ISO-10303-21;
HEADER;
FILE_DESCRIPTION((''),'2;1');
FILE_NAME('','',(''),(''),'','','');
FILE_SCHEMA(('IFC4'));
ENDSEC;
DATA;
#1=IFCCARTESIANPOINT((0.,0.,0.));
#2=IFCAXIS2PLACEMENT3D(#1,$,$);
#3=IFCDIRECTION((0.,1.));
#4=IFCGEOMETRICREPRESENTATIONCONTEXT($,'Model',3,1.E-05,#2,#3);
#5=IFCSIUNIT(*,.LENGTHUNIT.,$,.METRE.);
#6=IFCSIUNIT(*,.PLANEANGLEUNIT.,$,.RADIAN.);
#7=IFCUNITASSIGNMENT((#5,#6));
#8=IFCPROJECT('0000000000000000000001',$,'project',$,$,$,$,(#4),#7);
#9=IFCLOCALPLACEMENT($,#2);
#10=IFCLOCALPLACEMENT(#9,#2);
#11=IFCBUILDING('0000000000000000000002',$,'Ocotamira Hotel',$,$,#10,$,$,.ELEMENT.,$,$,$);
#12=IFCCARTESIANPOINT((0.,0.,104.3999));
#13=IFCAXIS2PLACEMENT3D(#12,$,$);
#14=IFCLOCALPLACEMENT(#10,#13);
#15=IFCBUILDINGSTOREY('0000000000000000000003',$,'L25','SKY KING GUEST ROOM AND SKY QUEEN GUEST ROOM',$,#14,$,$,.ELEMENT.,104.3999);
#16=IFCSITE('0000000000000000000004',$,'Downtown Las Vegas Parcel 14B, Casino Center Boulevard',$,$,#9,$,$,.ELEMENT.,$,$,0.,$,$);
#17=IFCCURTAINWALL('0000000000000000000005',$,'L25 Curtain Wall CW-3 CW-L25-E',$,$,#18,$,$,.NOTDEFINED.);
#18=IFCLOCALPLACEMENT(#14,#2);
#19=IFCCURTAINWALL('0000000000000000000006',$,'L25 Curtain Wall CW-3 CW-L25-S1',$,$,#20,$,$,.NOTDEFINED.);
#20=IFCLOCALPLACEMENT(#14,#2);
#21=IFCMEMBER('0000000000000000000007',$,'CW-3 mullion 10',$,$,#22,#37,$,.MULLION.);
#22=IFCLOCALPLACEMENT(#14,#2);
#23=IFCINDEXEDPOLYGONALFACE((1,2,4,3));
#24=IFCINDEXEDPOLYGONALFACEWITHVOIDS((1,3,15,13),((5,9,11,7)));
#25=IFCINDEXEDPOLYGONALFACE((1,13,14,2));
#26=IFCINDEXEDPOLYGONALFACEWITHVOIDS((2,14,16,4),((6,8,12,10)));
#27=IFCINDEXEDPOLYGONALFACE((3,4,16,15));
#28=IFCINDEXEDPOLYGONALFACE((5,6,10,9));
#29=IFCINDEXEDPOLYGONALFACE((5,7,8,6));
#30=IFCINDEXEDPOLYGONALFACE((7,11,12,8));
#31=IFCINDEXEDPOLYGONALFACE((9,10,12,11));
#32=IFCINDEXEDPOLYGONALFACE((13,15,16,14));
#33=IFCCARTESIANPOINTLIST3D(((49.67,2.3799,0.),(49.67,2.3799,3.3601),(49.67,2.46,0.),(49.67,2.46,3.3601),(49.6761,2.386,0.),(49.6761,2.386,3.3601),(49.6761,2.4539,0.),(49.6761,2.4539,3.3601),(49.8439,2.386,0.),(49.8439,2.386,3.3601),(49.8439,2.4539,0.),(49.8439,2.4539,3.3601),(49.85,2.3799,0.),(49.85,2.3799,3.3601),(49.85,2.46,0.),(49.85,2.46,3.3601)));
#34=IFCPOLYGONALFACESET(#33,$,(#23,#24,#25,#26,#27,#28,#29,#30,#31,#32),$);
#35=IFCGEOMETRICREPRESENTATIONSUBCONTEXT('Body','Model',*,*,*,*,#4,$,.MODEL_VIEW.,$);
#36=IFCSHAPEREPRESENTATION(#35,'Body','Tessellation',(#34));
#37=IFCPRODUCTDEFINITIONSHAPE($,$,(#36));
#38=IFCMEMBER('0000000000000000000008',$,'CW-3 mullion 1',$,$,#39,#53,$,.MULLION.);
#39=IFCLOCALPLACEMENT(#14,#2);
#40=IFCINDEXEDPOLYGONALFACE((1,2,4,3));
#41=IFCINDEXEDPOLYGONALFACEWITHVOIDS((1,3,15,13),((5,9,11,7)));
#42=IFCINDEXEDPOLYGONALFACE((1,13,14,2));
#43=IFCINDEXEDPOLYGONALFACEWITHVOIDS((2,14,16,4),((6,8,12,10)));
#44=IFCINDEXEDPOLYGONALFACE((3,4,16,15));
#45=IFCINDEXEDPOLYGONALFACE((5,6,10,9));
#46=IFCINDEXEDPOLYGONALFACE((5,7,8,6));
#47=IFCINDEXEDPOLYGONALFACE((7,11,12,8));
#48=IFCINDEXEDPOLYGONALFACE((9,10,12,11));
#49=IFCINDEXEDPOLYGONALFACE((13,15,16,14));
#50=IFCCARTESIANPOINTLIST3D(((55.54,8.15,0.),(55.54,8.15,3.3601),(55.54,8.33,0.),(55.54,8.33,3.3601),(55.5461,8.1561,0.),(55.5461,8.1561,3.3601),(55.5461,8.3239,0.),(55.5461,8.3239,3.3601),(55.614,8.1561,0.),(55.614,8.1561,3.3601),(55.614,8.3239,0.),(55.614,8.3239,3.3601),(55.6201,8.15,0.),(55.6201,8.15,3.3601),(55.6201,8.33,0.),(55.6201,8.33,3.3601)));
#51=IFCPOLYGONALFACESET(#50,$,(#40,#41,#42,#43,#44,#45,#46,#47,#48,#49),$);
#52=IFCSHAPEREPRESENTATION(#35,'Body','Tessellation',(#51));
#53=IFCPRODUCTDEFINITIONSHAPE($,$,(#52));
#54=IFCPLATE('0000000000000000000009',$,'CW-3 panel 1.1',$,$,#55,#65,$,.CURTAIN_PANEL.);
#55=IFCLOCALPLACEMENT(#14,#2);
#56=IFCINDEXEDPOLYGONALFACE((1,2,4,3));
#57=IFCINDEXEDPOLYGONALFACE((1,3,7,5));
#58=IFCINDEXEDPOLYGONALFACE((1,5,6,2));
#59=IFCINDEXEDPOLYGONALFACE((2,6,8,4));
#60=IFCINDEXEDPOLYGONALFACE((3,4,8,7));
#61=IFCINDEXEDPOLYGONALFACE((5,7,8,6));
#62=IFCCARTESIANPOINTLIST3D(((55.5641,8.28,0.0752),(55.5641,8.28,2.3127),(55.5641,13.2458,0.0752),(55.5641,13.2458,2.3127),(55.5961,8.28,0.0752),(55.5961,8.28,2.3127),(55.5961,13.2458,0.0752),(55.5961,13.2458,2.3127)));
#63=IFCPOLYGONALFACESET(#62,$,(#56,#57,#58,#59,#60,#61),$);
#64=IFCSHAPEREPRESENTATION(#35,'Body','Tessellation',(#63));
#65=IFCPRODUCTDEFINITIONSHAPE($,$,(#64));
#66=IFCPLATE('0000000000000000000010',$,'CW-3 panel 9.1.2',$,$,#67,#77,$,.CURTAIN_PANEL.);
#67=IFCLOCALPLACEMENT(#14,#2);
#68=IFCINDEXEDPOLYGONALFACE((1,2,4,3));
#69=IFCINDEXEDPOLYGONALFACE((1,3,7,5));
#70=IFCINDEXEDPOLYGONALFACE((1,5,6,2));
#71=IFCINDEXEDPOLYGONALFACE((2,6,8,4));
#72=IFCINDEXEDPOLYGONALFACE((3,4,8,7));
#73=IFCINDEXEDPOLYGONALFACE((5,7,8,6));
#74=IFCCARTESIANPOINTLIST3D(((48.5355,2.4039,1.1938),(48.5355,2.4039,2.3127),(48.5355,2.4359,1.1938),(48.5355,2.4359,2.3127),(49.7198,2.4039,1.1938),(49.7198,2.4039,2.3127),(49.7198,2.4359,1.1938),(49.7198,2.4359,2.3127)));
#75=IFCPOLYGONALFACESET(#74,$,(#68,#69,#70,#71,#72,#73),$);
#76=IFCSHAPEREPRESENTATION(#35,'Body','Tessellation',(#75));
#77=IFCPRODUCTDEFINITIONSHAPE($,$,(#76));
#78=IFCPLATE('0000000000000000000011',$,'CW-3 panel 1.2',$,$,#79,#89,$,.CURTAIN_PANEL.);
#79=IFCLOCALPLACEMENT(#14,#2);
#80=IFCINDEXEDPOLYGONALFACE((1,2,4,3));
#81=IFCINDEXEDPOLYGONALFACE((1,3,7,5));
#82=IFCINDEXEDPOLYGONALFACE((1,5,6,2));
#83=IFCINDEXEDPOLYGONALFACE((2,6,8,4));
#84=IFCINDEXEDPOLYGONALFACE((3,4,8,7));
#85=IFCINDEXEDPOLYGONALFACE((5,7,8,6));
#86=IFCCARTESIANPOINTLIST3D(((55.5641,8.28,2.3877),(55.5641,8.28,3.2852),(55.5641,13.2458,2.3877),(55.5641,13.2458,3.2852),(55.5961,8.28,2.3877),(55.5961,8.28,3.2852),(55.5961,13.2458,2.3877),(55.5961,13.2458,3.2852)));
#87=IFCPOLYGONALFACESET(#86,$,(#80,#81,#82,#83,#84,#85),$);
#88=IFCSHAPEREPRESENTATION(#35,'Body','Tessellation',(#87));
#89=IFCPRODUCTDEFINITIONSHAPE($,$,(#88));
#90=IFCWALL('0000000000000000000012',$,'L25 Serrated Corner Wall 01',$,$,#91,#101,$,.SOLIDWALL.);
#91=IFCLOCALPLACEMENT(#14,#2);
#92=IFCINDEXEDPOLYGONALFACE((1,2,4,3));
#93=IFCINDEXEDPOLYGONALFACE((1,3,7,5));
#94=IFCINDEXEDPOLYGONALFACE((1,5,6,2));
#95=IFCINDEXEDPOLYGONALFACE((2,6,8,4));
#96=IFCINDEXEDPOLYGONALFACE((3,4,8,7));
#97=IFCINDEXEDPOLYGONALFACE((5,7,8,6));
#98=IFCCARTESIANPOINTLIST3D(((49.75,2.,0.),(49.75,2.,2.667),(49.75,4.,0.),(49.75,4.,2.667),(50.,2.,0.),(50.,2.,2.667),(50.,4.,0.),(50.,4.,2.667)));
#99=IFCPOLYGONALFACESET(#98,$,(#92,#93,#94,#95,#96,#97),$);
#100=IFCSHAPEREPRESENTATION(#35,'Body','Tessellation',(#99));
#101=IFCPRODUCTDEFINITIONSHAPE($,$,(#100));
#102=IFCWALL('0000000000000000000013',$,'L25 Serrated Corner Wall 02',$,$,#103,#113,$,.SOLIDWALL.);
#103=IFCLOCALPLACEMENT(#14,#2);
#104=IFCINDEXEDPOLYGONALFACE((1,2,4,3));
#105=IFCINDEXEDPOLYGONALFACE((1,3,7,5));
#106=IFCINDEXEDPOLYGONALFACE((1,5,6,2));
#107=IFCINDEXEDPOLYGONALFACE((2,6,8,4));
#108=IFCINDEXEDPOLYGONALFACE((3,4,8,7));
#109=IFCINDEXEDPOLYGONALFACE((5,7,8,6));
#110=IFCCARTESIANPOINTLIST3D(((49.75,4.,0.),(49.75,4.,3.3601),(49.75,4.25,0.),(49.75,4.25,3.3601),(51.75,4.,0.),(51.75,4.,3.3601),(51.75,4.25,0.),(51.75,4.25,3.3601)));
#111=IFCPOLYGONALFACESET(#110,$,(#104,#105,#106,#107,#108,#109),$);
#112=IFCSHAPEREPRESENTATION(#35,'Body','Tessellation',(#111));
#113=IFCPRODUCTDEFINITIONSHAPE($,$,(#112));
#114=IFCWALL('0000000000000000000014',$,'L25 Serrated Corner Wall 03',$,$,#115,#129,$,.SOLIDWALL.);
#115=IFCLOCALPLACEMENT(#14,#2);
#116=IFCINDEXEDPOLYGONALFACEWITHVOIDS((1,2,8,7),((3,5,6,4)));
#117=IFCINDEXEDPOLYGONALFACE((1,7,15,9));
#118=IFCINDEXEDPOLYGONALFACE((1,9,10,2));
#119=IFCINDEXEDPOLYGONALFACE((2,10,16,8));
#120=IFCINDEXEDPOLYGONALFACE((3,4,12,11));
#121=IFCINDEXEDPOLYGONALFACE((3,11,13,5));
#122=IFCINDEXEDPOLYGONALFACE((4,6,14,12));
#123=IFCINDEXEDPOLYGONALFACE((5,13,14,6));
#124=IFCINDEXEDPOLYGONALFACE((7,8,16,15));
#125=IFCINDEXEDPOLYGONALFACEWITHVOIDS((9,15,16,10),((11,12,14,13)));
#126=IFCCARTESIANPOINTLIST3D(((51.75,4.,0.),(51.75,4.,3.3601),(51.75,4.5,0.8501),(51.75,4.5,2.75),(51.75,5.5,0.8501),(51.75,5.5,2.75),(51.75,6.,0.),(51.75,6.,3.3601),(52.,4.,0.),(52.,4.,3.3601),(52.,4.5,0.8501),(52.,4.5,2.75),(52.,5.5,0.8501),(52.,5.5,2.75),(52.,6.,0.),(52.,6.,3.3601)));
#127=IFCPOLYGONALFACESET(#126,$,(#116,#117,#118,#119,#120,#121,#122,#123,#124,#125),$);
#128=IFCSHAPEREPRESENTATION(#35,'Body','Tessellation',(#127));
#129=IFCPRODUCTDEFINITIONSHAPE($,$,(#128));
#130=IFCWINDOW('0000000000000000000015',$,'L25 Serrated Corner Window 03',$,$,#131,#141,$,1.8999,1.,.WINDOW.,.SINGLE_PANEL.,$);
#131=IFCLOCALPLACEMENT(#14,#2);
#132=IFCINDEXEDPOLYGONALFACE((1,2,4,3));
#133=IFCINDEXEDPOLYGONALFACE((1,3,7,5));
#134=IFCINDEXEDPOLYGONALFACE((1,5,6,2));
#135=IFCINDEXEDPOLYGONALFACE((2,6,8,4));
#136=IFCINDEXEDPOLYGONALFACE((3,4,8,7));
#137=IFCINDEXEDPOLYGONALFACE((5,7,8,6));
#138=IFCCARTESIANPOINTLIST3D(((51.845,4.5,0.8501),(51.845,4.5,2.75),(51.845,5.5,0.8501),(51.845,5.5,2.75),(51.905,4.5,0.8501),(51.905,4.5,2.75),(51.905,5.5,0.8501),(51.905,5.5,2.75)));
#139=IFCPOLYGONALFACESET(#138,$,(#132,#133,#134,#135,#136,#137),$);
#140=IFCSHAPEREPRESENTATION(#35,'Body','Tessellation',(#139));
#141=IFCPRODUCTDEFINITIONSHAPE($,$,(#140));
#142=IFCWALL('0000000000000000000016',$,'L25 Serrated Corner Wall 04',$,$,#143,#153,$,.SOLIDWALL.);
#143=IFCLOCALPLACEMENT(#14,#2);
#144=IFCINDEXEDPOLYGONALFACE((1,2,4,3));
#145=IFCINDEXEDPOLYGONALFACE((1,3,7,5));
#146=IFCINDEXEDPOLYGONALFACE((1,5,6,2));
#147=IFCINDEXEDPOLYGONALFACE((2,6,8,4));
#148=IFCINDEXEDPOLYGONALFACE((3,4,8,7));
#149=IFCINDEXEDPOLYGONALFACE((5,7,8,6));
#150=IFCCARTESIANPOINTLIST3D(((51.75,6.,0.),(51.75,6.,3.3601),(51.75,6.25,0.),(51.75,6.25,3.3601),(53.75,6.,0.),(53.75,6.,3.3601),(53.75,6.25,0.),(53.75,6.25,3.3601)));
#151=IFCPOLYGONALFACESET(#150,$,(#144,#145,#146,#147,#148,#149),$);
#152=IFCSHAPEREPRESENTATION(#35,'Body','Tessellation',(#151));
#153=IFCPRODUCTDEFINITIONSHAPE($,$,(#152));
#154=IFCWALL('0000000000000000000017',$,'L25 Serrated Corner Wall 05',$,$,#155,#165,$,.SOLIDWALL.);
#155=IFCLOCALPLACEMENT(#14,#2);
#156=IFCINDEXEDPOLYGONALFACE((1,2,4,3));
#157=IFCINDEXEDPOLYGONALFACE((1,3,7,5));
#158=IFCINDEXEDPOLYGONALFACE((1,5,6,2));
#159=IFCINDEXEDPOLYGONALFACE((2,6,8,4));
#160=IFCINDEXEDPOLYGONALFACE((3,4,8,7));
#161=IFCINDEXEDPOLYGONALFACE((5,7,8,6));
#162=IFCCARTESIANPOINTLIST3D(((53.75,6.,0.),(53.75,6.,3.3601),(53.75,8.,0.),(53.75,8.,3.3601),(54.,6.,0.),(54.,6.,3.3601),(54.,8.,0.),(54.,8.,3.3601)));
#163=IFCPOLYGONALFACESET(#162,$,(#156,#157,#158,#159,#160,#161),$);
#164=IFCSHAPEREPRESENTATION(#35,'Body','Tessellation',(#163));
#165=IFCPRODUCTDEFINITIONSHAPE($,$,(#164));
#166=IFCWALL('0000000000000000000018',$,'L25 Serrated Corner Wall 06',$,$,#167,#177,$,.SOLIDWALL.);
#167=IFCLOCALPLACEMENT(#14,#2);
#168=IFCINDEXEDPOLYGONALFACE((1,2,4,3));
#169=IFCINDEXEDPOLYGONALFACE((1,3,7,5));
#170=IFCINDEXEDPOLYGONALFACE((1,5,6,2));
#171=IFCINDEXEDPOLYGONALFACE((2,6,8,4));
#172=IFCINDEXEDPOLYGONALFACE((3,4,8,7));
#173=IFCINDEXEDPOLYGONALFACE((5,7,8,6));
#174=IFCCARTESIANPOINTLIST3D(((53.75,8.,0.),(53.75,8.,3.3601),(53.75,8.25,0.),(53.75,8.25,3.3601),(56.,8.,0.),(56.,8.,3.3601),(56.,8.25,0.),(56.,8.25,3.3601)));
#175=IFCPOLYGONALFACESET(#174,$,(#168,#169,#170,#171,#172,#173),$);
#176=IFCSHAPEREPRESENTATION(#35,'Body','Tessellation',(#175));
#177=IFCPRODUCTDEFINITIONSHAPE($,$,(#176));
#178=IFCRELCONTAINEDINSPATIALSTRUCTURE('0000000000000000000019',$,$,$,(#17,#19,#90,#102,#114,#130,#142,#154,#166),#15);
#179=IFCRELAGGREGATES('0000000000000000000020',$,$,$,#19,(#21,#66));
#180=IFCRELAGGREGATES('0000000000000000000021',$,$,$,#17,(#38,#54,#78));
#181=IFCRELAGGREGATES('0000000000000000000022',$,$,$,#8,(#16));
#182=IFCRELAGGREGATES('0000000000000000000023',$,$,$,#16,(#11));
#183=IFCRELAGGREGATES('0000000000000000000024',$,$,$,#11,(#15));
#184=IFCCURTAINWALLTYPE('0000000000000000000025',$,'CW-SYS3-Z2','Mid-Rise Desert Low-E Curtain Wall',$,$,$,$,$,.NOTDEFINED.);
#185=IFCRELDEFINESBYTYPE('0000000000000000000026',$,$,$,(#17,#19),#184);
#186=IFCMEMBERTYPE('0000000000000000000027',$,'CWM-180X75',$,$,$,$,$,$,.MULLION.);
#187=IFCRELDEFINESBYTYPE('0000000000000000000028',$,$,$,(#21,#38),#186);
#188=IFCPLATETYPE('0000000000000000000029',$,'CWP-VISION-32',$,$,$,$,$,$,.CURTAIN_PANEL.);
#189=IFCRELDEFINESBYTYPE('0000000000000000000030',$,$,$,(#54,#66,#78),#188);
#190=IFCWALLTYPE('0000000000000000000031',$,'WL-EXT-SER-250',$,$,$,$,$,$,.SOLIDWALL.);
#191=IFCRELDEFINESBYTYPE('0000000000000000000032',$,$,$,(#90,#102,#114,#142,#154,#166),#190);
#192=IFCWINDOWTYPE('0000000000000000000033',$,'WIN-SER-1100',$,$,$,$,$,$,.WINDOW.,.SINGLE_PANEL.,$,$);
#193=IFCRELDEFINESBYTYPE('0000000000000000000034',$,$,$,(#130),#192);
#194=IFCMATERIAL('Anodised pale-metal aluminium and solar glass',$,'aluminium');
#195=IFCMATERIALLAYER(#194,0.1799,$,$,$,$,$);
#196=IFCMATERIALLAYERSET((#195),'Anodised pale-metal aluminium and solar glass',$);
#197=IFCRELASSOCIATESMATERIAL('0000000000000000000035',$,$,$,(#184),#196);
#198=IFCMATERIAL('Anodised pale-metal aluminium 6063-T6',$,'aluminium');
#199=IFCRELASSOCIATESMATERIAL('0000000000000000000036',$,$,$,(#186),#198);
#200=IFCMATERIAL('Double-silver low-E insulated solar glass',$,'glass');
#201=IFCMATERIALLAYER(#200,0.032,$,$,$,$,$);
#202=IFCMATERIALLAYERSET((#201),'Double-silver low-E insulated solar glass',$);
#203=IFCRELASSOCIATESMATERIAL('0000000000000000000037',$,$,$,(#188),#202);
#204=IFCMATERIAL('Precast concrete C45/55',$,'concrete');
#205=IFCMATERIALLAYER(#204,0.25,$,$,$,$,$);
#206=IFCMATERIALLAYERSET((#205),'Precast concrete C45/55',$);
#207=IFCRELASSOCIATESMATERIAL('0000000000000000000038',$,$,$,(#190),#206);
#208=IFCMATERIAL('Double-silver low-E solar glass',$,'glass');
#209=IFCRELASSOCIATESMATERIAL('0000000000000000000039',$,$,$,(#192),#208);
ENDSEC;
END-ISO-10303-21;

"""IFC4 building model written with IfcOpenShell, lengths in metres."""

from ifc_helpers import new_model, si_unit, direction, frame, frame_2d, origin, origin_2d, place, context, subcontext, project, spatial, rectangle, hollow_rectangle, extrude, source, transform, mapped, material, layer, layer_set, material_profile, profile_set, type_object, element, fill, aggregate, save


model = new_model("IFC4")

# Units and contexts
model_context = context("Model", 3, precision=1e-05, world=origin(), true_north=direction((0.0, 1.0)))
body_context = subcontext(model_context, "Body", "Model", "MODEL_VIEW")
ifc_project = project(units=[si_unit("LENGTHUNIT", "METRE"), si_unit("PLANEANGLEUNIT", "RADIAN")], contexts=[model_context])

# Site, building, storey
site_placement = place(None, origin())
site = spatial("IfcSite", under=ifc_project, at=site_placement, Name="Downtown Las Vegas Parcel 14B, Casino Center Boulevard", CompositionType="ELEMENT", RefElevation=0.0)
building_placement = place(site_placement, origin())
building = spatial("IfcBuilding", under=site, at=building_placement, Name="Ocotamira Hotel", CompositionType="ELEMENT")
storey_placement = place(building_placement, frame((0.0, 0.0, 104.3999)))
storey = spatial("IfcBuildingStorey", under=building, at=storey_placement, Name="L25", Description="SKY KING GUEST ROOM AND SKY QUEEN GUEST ROOM", CompositionType="ELEMENT", Elevation=104.3999)

# Curtain wall
ifc_material_1 = material(Name="Anodised pale-metal aluminium and solar glass", Category="aluminium")
ifc_layer_1 = layer(ifc_material_1, 0.1799)
ifc_layer_set_1 = layer_set([ifc_layer_1], Name="Anodised pale-metal aluminium and solar glass")
curtain_wall_type = type_object("IfcCurtainWallType", Name="CW-SYS3-Z2", Description="Mid-Rise Desert Low-E Curtain Wall", PredefinedType="NOTDEFINED", material=ifc_layer_set_1)
curtain_wall_1_placement = place(storey_placement, origin())
curtain_wall_1 = element("IfcCurtainWall", 1, at=curtain_wall_1_placement, inside=storey, type_object=curtain_wall_type, Name="L25 Curtain Wall CW-3 CW-L25-E", PredefinedType="NOTDEFINED")
ifc_material_2 = material(Name="Anodised pale-metal aluminium 6063-T6", Category="aluminium")

# Curtain wall, member
curtain_wall_2_placement = place(storey_placement, origin())
curtain_wall_2 = element("IfcCurtainWall", 2, at=curtain_wall_2_placement, inside=storey, type_object=curtain_wall_type, Name="L25 Curtain Wall CW-3 CW-L25-S1", PredefinedType="NOTDEFINED")
ifc_material_profile_1 = material_profile(ifc_material_2, hollow_rectangle(XDim=0.0801, YDim=0.1799, WallThickness=0.0061, at=origin_2d()), Name="HSS180X80X6")
ifc_profile_set_1 = profile_set([ifc_material_profile_1], Name="Anodised pale-metal aluminium 6063-T6")
member_type_1 = type_object("IfcMemberType", Name="CWM-180X75", PredefinedType="MULLION", material=ifc_profile_set_1)
shared_shape_1 = source(origin(), body_context, "Body", "SweptSolid", [
    extrude(hollow_rectangle(XDim=0.0801, YDim=0.1799, WallThickness=0.0061, at=origin_2d()), origin(), (0.0, 0.0, 1.0), 3.3601),
])
member_1_placement = place(storey_placement, frame((49.76, 2.4199, 0.0), z_axis=(0.0, 0.0, 1.0), x_axis=(0.0, 1.0, 0.0)))
member_1 = element("IfcMember", 3, at=member_1_placement, type_object=member_type_1, Name="CW-3 mullion 10", PredefinedType="MULLION", context=body_context, shape_type="MappedRepresentation", body=[
    mapped(shared_shape_1, transform((0.0, 0.0, 0.0), scale=1.0)),
])

# Member
member_2_placement = place(storey_placement, frame((55.5801, 8.24, 0.0), z_axis=(0.0, 0.0, 1.0), x_axis=(-1.0, 0.0, 0.0)))
member_2 = element("IfcMember", 4, at=member_2_placement, type_object=member_type_1, Name="CW-3 mullion 1", PredefinedType="MULLION", context=body_context, shape_type="MappedRepresentation", body=[
    mapped(shared_shape_1, transform((0.0, 0.0, 0.0), scale=1.0)),
])

# Plates
ifc_material_3 = material(Name="Double-silver low-E insulated solar glass", Category="glass")
ifc_layer_2 = layer(ifc_material_3, 0.032)
ifc_layer_set_2 = layer_set([ifc_layer_2], Name="Double-silver low-E insulated solar glass")
plate_type = type_object("IfcPlateType", Name="CWP-VISION-32", PredefinedType="CURTAIN_PANEL", material=ifc_layer_set_2)
shared_shape_2 = source(origin(), body_context, "Body", "SweptSolid", [
    extrude(rectangle(XDim=4.9658, YDim=0.032, at=origin_2d()), origin(), (0.0, 0.0, 1.0), 2.2375),
])
plate_1_placement = place(storey_placement, frame((55.5801, 10.7629, 0.0752), z_axis=(0.0, 0.0, 1.0), x_axis=(0.0, 1.0, 0.0)))
plate_1 = element("IfcPlate", 5, at=plate_1_placement, type_object=plate_type, Name="CW-3 panel 1.1", PredefinedType="CURTAIN_PANEL", context=body_context, shape_type="MappedRepresentation", body=[
    mapped(shared_shape_2, transform((0.0, 0.0, 0.0), scale=1.0)),
])
shared_shape_3 = source(origin(), body_context, "Body", "SweptSolid", [
    extrude(rectangle(XDim=1.1843, YDim=0.032, at=origin_2d()), origin(), (0.0, 0.0, 1.0), 1.1189),
])
plate_2_placement = place(storey_placement, frame((49.1277, 2.4199, 1.1938), z_axis=(0.0, 0.0, 1.0), x_axis=(1.0, 0.0, 0.0)))
plate_2 = element("IfcPlate", 6, at=plate_2_placement, type_object=plate_type, Name="CW-3 panel 9.1.2", PredefinedType="CURTAIN_PANEL", context=body_context, shape_type="MappedRepresentation", body=[
    mapped(shared_shape_3, transform((0.0, 0.0, 0.0), scale=1.0)),
])
aggregate(curtain_wall_2, [member_1, plate_2])
shared_shape_4 = source(origin(), body_context, "Body", "SweptSolid", [
    extrude(rectangle(XDim=4.9658, YDim=0.032, at=origin_2d()), origin(), (0.0, 0.0, 1.0), 0.8975),
])
plate_3_placement = place(storey_placement, frame((55.5801, 10.7629, 2.3877), z_axis=(0.0, 0.0, 1.0), x_axis=(0.0, 1.0, 0.0)))
plate_3 = element("IfcPlate", 7, at=plate_3_placement, type_object=plate_type, Name="CW-3 panel 1.2", PredefinedType="CURTAIN_PANEL", context=body_context, shape_type="MappedRepresentation", body=[
    mapped(shared_shape_4, transform((0.0, 0.0, 0.0), scale=1.0)),
])
aggregate(curtain_wall_1, [member_2, plate_1, plate_3])

# Walls
ifc_material_4 = material(Name="Precast concrete C45/55", Category="concrete")
ifc_layer_3 = layer(ifc_material_4, 0.25)
ifc_layer_set_3 = layer_set([ifc_layer_3], Name="Precast concrete C45/55")
wall_type_1 = type_object("IfcWallType", Name="WL-EXT-SER-250", PredefinedType="SOLIDWALL", material=ifc_layer_set_3)
wall_1_placement = place(storey_placement, frame((49.875, 2.0, 0.0), z_axis=(0.0, 0.0, 1.0), x_axis=(0.0, 1.0, 0.0)))
element("IfcWall", 8, at=wall_1_placement, inside=storey, type_object=wall_type_1, Name="L25 Serrated Corner Wall 01", PredefinedType="SOLIDWALL", context=body_context, shape_type="SweptSolid", body=[
    extrude(rectangle(XDim=2.0, YDim=0.25, at=frame_2d((1.0, 0.0))), origin(), (0.0, 0.0, 1.0), 2.667),
])
wall_2_placement = place(storey_placement, frame((49.75, 4.125, 0.0), z_axis=(0.0, 0.0, 1.0), x_axis=(1.0, 0.0, 0.0)))
element("IfcWall", 9, at=wall_2_placement, inside=storey, type_object=wall_type_1, Name="L25 Serrated Corner Wall 02", PredefinedType="SOLIDWALL", context=body_context, shape_type="SweptSolid", body=[
    extrude(rectangle(XDim=2.0, YDim=0.25, at=frame_2d((1.0, 0.0))), origin(), (0.0, 0.0, 1.0), 3.3601),
])

# Wall, opening, window
wall_3_placement = place(storey_placement, frame((51.875, 4.0, 0.0), z_axis=(0.0, 0.0, 1.0), x_axis=(0.0, 1.0, 0.0)))
wall_3 = element("IfcWall", 10, at=wall_3_placement, inside=storey, type_object=wall_type_1, Name="L25 Serrated Corner Wall 03", PredefinedType="SOLIDWALL", context=body_context, shape_type="SweptSolid", body=[
    extrude(rectangle(XDim=2.0, YDim=0.25, at=frame_2d((1.0, 0.0))), origin(), (0.0, 0.0, 1.0), 3.3601),
])
opening_1_placement = place(wall_3_placement, frame((0.5, 0.0, 0.8501)))
opening_1 = element("IfcOpeningElement", 11, at=opening_1_placement, cuts=wall_3, PredefinedType="OPENING", context=body_context, shape_type="SweptSolid", body=[
    extrude(rectangle(XDim=1.0, YDim=1.8999, at=frame_2d((0.5, 0.95))), frame((0.0, 0.135, 0.0), z_axis=(0.0, -1.0, 0.0), x_axis=(1.0, 0.0, 0.0)), (0.0, 0.0, 1.0), 0.27),
])
ifc_material_5 = material(Name="Double-silver low-E solar glass", Category="glass")
window_type = type_object("IfcWindowType", Name="WIN-SER-1100", PartitioningType="SINGLE_PANEL", PredefinedType="WINDOW", material=ifc_material_5)
shared_shape_5 = source(origin(), body_context, "Body", "SweptSolid", [
    extrude(rectangle(XDim=1.0, YDim=1.8999, at=frame_2d((0.5, 0.95))), frame((0.0, 0.03, 0.0), z_axis=(0.0, -1.0, 0.0), x_axis=(1.0, 0.0, 0.0)), (0.0, 0.0, 1.0), 0.0601),
])
window_placement = place(opening_1_placement, origin())
window = element("IfcWindow", 12, at=window_placement, inside=storey, type_object=window_type, Name="L25 Serrated Corner Window 03", OverallHeight=1.8999, OverallWidth=1.0, PartitioningType="SINGLE_PANEL", PredefinedType="WINDOW", context=body_context, shape_type="MappedRepresentation", body=[
    mapped(shared_shape_5, transform((0.0, 0.0, 0.0), scale=1.0)),
])
fill(opening_1, window)

# Walls
for number, where, z_axis, x_axis, name in (
    (13, (51.75, 6.125, 0.0), (0.0, 0.0, 1.0), (1.0, 0.0, 0.0), "L25 Serrated Corner Wall 04"),
    (14, (53.875, 6.0, 0.0), (0.0, 0.0, 1.0), (0.0, 1.0, 0.0), "L25 Serrated Corner Wall 05"),
):
    element("IfcWall", number, at=place(storey_placement, frame(where, z_axis=z_axis, x_axis=x_axis)), inside=storey, type_object=wall_type_1, Name=name, PredefinedType="SOLIDWALL", context=body_context, shape_type="SweptSolid", body=[
        extrude(rectangle(XDim=2.0, YDim=0.25, at=frame_2d((1.0, 0.0))), origin(), (0.0, 0.0, 1.0), 3.3601),
    ])
wall_4_placement = place(storey_placement, frame((53.75, 8.125, 0.0), z_axis=(0.0, 0.0, 1.0), x_axis=(1.0, 0.0, 0.0)))
element("IfcWall", 15, at=wall_4_placement, inside=storey, type_object=wall_type_1, Name="L25 Serrated Corner Wall 06", PredefinedType="SOLIDWALL", context=body_context, shape_type="SweptSolid", body=[
    extrude(rectangle(XDim=2.25, YDim=0.25, at=frame_2d((1.125, 0.0))), origin(), (0.0, 0.0, 1.0), 3.3601),
])

save(model, "model.ifc")
